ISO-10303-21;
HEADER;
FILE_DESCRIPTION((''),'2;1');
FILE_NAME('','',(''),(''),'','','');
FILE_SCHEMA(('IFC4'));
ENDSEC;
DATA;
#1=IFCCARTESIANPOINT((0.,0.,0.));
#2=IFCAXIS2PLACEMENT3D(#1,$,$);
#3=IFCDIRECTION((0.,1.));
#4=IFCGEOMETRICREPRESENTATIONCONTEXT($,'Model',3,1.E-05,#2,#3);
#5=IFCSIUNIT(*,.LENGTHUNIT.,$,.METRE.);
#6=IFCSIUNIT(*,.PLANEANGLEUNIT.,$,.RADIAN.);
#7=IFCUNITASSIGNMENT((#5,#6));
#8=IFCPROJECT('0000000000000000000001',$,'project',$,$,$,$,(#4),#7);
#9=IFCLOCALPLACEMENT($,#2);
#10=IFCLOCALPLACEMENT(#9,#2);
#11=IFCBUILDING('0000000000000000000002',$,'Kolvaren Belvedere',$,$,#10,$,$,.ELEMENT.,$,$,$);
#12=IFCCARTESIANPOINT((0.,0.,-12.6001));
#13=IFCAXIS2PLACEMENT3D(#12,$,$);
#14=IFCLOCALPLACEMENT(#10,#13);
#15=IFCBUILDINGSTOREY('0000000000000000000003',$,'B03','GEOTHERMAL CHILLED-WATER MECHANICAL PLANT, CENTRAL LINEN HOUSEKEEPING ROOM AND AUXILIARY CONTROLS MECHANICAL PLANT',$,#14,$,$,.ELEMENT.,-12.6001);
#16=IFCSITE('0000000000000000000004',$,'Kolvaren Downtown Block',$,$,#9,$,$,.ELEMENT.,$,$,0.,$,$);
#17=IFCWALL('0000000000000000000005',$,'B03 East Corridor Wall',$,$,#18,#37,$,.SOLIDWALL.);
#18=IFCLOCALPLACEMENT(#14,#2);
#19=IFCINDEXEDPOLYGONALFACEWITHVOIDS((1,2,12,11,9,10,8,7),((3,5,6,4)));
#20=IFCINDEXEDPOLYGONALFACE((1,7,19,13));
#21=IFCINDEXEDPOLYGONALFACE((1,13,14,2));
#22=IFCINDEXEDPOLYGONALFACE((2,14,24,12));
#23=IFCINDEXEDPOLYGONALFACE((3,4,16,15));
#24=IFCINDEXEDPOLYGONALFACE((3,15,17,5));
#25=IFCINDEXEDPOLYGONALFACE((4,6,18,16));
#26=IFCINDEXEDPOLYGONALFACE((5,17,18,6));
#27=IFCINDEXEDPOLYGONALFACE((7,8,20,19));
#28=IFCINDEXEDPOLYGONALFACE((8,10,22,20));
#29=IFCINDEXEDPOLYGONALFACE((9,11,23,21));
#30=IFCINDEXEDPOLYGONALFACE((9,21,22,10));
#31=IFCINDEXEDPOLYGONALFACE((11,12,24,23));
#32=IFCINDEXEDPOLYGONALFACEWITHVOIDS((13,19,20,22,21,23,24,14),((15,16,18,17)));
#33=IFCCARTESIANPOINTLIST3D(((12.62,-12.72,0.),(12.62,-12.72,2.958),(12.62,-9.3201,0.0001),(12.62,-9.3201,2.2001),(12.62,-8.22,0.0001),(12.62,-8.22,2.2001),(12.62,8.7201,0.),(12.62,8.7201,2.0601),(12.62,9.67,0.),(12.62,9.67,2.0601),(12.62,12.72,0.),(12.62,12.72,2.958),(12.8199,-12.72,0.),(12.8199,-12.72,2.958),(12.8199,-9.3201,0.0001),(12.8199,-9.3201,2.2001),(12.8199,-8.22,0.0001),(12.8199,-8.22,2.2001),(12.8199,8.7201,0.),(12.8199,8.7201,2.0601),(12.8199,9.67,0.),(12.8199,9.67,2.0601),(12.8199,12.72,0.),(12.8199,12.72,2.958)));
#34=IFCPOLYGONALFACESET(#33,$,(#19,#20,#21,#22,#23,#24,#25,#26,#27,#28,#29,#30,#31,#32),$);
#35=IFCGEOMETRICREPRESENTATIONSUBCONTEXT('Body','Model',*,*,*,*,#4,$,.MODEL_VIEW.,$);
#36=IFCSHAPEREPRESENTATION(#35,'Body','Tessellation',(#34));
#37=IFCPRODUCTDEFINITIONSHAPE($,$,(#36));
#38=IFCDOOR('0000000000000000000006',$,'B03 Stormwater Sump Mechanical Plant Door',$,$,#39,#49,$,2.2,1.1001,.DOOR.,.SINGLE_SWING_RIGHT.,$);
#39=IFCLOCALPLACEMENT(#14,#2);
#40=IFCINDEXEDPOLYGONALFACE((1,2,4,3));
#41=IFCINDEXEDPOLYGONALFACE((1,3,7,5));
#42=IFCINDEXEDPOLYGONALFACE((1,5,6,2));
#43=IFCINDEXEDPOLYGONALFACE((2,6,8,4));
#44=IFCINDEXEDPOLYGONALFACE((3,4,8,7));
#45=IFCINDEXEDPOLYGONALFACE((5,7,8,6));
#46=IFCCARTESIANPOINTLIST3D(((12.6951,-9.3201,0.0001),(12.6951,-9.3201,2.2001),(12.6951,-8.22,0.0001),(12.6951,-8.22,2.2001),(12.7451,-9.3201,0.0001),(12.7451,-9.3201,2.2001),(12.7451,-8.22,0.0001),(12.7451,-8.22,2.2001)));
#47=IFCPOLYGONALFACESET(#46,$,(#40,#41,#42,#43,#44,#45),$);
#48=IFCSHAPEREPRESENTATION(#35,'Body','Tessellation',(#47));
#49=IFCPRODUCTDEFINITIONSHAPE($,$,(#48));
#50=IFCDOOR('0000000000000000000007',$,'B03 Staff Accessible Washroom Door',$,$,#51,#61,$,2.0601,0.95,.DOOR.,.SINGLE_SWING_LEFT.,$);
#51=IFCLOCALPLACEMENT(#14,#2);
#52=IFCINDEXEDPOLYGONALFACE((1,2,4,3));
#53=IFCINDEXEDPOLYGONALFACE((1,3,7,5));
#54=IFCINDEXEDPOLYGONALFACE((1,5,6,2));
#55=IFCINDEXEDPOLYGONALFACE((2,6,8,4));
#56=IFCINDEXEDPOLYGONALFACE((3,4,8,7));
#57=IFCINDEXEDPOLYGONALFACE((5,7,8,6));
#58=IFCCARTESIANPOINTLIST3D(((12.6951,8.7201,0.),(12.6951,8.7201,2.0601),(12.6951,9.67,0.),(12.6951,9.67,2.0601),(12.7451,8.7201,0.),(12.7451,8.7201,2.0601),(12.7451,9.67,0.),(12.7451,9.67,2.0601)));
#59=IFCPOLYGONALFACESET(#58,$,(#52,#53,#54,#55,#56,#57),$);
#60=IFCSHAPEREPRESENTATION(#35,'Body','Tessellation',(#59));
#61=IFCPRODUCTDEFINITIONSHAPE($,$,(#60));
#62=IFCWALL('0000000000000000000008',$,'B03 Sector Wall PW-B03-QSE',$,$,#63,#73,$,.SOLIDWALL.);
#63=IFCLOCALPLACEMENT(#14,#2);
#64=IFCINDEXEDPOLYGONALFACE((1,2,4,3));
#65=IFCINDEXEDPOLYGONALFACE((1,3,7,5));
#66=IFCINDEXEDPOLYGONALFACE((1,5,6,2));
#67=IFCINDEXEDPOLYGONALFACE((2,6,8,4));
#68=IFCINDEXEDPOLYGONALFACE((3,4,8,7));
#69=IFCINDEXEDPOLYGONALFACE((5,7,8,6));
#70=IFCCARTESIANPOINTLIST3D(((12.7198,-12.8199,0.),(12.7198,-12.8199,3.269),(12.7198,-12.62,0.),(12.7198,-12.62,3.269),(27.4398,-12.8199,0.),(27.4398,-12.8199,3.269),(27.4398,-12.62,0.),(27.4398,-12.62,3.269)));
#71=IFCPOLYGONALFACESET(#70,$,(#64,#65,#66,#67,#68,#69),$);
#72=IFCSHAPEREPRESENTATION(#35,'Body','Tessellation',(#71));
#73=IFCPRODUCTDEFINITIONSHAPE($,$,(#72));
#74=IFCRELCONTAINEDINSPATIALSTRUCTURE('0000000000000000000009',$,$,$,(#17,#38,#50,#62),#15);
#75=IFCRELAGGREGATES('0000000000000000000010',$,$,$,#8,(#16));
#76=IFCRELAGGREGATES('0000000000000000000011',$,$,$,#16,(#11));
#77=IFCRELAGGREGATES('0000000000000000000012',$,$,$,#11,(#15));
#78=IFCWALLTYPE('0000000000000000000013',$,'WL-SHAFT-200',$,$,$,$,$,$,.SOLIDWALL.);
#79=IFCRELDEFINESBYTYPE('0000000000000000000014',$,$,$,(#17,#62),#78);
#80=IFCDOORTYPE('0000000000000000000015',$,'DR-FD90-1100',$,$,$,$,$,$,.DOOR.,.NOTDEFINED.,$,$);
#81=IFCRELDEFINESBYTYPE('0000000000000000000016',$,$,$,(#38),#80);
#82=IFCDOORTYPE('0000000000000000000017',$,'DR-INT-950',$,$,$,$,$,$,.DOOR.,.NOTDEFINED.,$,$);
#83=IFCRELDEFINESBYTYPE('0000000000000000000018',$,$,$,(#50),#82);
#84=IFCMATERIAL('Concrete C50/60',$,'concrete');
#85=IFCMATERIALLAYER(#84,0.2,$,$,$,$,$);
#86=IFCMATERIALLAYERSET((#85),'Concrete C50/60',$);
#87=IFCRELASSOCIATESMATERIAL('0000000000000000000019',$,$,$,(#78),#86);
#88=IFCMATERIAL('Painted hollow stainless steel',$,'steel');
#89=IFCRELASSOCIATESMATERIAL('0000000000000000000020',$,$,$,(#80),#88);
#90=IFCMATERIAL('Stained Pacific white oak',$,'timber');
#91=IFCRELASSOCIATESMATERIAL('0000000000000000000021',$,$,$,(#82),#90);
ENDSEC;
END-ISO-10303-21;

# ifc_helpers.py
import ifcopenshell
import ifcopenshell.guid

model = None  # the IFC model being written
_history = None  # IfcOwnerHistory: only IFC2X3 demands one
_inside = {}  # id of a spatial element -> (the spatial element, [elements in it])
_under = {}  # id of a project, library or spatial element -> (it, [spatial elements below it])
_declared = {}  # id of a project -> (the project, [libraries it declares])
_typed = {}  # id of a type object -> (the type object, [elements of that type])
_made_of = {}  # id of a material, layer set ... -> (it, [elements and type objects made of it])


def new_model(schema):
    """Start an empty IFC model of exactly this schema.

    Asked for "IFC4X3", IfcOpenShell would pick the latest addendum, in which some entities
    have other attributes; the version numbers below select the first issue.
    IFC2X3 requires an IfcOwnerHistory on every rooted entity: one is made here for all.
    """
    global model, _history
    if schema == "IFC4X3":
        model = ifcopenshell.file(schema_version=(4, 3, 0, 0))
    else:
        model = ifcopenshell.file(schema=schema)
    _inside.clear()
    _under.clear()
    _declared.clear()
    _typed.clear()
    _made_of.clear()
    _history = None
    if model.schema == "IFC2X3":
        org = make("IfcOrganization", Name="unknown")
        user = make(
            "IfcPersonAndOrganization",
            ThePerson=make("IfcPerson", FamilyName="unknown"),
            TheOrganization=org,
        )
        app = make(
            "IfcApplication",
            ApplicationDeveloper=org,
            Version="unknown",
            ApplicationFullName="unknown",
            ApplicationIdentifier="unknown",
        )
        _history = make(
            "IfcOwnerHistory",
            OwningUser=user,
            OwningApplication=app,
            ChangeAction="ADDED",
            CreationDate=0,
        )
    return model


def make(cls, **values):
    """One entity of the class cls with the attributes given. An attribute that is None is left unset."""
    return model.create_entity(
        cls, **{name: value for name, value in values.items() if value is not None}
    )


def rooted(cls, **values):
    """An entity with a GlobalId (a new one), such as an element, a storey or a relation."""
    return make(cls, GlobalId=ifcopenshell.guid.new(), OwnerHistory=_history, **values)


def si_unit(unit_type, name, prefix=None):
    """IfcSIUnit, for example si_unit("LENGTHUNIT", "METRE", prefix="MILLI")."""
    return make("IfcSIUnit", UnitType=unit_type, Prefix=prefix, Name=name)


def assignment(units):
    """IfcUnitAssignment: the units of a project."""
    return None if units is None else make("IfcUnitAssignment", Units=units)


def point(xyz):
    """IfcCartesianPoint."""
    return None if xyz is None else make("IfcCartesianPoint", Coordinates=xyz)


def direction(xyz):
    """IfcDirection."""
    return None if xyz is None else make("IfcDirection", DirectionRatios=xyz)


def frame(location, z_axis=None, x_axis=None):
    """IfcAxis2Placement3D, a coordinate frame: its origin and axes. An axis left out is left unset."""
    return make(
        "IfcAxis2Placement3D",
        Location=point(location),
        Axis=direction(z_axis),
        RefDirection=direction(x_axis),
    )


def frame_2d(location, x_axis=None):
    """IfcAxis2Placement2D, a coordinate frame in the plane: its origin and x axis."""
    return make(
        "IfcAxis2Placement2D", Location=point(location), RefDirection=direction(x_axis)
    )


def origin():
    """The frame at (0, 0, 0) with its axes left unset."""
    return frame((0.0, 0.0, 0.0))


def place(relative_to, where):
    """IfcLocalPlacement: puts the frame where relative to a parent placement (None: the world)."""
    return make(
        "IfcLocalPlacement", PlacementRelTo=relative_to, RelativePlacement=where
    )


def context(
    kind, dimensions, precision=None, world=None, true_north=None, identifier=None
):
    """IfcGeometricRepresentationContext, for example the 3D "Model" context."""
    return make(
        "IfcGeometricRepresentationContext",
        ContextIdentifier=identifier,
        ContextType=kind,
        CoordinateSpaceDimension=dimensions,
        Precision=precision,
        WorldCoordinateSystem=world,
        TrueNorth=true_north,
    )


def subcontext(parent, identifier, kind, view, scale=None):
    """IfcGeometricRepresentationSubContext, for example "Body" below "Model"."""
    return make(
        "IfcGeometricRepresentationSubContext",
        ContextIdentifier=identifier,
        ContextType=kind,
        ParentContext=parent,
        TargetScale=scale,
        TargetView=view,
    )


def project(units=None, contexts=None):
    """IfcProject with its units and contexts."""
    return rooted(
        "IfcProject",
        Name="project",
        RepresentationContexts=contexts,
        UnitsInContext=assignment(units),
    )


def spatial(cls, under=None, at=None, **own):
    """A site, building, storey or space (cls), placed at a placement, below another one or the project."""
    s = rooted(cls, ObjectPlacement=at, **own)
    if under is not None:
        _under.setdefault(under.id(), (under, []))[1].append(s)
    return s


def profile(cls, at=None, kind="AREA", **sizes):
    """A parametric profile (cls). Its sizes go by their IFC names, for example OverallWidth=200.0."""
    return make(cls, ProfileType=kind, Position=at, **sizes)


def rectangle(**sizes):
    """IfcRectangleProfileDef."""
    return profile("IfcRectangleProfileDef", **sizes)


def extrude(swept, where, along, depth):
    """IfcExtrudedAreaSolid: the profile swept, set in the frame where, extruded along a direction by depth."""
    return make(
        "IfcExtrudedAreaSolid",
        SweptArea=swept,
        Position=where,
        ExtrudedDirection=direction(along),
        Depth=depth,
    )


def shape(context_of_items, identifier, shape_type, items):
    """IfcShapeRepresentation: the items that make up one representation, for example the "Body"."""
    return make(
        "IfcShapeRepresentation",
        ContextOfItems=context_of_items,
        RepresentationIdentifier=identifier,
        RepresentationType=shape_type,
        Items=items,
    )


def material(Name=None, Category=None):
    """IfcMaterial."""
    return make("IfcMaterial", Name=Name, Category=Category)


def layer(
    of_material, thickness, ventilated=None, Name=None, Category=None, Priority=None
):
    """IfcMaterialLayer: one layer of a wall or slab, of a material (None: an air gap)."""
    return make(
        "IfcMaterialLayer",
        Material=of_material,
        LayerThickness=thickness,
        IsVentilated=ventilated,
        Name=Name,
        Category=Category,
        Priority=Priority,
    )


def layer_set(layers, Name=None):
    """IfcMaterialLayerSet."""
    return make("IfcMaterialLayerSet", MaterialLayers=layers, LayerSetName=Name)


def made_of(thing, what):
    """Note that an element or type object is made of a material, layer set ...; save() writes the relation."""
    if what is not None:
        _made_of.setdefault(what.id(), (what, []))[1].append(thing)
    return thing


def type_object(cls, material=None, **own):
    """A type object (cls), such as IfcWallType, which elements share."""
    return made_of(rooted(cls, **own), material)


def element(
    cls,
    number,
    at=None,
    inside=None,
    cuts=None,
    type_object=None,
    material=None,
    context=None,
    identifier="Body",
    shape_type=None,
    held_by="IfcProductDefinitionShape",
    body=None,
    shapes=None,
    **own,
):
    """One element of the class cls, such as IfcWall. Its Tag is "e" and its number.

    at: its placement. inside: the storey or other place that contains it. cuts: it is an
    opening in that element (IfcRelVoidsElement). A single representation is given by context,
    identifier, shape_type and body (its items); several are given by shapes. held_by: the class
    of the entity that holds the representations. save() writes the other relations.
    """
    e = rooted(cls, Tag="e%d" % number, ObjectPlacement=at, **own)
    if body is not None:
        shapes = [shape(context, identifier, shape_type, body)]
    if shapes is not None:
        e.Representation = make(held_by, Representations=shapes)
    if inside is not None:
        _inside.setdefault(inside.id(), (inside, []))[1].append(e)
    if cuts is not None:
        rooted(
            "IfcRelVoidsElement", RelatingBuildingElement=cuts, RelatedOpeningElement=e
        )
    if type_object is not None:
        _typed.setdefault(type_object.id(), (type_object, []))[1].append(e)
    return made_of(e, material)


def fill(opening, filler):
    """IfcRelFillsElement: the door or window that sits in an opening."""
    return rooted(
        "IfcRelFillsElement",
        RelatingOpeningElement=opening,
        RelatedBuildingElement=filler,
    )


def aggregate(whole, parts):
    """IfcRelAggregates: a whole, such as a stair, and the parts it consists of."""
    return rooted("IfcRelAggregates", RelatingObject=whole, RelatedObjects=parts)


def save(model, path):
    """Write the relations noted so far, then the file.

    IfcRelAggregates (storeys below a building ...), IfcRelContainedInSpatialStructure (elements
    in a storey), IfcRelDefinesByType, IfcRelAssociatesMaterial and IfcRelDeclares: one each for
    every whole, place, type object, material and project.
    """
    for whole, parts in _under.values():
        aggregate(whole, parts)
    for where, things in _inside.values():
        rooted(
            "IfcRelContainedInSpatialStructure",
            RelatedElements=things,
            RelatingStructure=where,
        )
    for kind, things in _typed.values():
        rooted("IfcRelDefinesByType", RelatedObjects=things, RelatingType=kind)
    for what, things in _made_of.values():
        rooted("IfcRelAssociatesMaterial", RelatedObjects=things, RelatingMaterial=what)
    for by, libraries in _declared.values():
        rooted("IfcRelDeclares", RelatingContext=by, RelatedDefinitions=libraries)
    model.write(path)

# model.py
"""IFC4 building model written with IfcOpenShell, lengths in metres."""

from ifc_helpers import new_model, si_unit, direction, frame, frame_2d, origin, place, context, subcontext, project, spatial, rectangle, extrude, material, layer, layer_set, type_object, element, fill, save


model = new_model("IFC4")

# Units and contexts
model_context = context("Model", 3, precision=1e-05, world=origin(), true_north=direction((0.0, 1.0)))
body_context = subcontext(model_context, "Body", "Model", "MODEL_VIEW")
ifc_project = project(units=[si_unit("LENGTHUNIT", "METRE"), si_unit("PLANEANGLEUNIT", "RADIAN")], contexts=[model_context])

# Site, building, storey
site_placement = place(None, origin())
site = spatial("IfcSite", under=ifc_project, at=site_placement, Name="Kolvaren Downtown Block", CompositionType="ELEMENT", RefElevation=0.0)
building_placement = place(site_placement, origin())
building = spatial("IfcBuilding", under=site, at=building_placement, Name="Kolvaren Belvedere", CompositionType="ELEMENT")
storey_placement = place(building_placement, frame((0.0, 0.0, -12.6001)))
storey = spatial("IfcBuildingStorey", under=building, at=storey_placement, Name="B03", Description="GEOTHERMAL CHILLED-WATER MECHANICAL PLANT, CENTRAL LINEN HOUSEKEEPING ROOM AND AUXILIARY CONTROLS MECHANICAL PLANT", CompositionType="ELEMENT", Elevation=-12.6001)

# Wall, openings, doors
ifc_material_1 = material(Name="Concrete C50/60", Category="concrete")
ifc_layer_1 = layer(ifc_material_1, 0.2)
ifc_layer_set_1 = layer_set([ifc_layer_1], Name="Concrete C50/60")
wall_type_1 = type_object("IfcWallType", Name="WL-SHAFT-200", PredefinedType="SOLIDWALL", material=ifc_layer_set_1)
wall_1_placement = place(storey_placement, frame((12.72, -12.72, 0.0), z_axis=(0.0, 0.0, 1.0), x_axis=(0.0, 1.0, 0.0)))
wall_1 = element("IfcWall", 1, at=wall_1_placement, inside=storey, type_object=wall_type_1, Name="B03 East Corridor Wall", PredefinedType="SOLIDWALL", context=body_context, shape_type="SweptSolid", body=[
    extrude(rectangle(XDim=25.4399, YDim=0.2, at=frame_2d((12.72, 0.0))), origin(), (0.0, 0.0, 1.0), 2.958),
])
opening_1_placement = place(wall_1_placement, frame((3.3999, 0.0, 0.0)))
opening_1 = element("IfcOpeningElement", 2, at=opening_1_placement, cuts=wall_1, PredefinedType="OPENING", context=body_context, shape_type="SweptSolid", body=[
    extrude(rectangle(XDim=1.1001, YDim=2.2, at=frame_2d((0.55, 1.1001))), frame((0.0, 0.1099, 0.0), z_axis=(0.0, -1.0, 0.0), x_axis=(1.0, 0.0, 0.0)), (0.0, 0.0, 1.0), 0.22),
])
opening_2_placement = place(wall_1_placement, frame((21.4399, 0.0, 0.0)))
opening_2 = element("IfcOpeningElement", 3, at=opening_2_placement, cuts=wall_1, PredefinedType="OPENING", context=body_context, shape_type="SweptSolid", body=[
    extrude(rectangle(XDim=0.95, YDim=2.0601, at=frame_2d((0.4751, 1.03))), frame((0.0, 0.1099, 0.0), z_axis=(0.0, -1.0, 0.0), x_axis=(1.0, 0.0, 0.0)), (0.0, 0.0, 1.0), 0.22),
])
ifc_material_2 = material(Name="Painted hollow stainless steel", Category="steel")
door_type_1 = type_object("IfcDoorType", Name="DR-FD90-1100", OperationType="NOTDEFINED", PredefinedType="DOOR", material=ifc_material_2)
door_1_placement = place(opening_1_placement, origin())
door_1 = element("IfcDoor", 4, at=door_1_placement, inside=storey, type_object=door_type_1, Name="B03 Stormwater Sump Mechanical Plant Door", OperationType="SINGLE_SWING_RIGHT", OverallHeight=2.2, OverallWidth=1.1001, PredefinedType="DOOR", context=body_context, shape_type="SweptSolid", body=[
    extrude(rectangle(XDim=1.1001, YDim=2.2, at=frame_2d((0.55, 1.1001))), frame((0.0, 0.0249, 0.0), z_axis=(0.0, -1.0, 0.0), x_axis=(1.0, 0.0, 0.0)), (0.0, 0.0, 1.0), 0.05),
])
fill(opening_1, door_1)
ifc_material_3 = material(Name="Stained Pacific white oak", Category="timber")
door_type_2 = type_object("IfcDoorType", Name="DR-INT-950", OperationType="NOTDEFINED", PredefinedType="DOOR", material=ifc_material_3)
door_2_placement = place(opening_2_placement, origin())
door_2 = element("IfcDoor", 5, at=door_2_placement, inside=storey, type_object=door_type_2, Name="B03 Staff Accessible Washroom Door", OperationType="SINGLE_SWING_LEFT", OverallHeight=2.0601, OverallWidth=0.95, PredefinedType="DOOR", context=body_context, shape_type="SweptSolid", body=[
    extrude(rectangle(XDim=0.95, YDim=2.0601, at=frame_2d((0.4751, 1.03))), frame((0.0, 0.0249, 0.0), z_axis=(0.0, -1.0, 0.0), x_axis=(1.0, 0.0, 0.0)), (0.0, 0.0, 1.0), 0.05),
])
fill(opening_2, door_2)

# Wall
wall_2_placement = place(storey_placement, frame((12.72, -12.72, 0.0), z_axis=(0.0, 0.0, 1.0), x_axis=(1.0, 0.0, 0.0)))
element("IfcWall", 6, at=wall_2_placement, inside=storey, type_object=wall_type_1, Name="B03 Sector Wall PW-B03-QSE", PredefinedType="SOLIDWALL", context=body_context, shape_type="SweptSolid", body=[
    extrude(rectangle(XDim=14.72, YDim=0.2, at=frame_2d((7.3599, 0.0))), origin(), (0.0, 0.0, 1.0), 3.269),
])

save(model, "model.ifc")
